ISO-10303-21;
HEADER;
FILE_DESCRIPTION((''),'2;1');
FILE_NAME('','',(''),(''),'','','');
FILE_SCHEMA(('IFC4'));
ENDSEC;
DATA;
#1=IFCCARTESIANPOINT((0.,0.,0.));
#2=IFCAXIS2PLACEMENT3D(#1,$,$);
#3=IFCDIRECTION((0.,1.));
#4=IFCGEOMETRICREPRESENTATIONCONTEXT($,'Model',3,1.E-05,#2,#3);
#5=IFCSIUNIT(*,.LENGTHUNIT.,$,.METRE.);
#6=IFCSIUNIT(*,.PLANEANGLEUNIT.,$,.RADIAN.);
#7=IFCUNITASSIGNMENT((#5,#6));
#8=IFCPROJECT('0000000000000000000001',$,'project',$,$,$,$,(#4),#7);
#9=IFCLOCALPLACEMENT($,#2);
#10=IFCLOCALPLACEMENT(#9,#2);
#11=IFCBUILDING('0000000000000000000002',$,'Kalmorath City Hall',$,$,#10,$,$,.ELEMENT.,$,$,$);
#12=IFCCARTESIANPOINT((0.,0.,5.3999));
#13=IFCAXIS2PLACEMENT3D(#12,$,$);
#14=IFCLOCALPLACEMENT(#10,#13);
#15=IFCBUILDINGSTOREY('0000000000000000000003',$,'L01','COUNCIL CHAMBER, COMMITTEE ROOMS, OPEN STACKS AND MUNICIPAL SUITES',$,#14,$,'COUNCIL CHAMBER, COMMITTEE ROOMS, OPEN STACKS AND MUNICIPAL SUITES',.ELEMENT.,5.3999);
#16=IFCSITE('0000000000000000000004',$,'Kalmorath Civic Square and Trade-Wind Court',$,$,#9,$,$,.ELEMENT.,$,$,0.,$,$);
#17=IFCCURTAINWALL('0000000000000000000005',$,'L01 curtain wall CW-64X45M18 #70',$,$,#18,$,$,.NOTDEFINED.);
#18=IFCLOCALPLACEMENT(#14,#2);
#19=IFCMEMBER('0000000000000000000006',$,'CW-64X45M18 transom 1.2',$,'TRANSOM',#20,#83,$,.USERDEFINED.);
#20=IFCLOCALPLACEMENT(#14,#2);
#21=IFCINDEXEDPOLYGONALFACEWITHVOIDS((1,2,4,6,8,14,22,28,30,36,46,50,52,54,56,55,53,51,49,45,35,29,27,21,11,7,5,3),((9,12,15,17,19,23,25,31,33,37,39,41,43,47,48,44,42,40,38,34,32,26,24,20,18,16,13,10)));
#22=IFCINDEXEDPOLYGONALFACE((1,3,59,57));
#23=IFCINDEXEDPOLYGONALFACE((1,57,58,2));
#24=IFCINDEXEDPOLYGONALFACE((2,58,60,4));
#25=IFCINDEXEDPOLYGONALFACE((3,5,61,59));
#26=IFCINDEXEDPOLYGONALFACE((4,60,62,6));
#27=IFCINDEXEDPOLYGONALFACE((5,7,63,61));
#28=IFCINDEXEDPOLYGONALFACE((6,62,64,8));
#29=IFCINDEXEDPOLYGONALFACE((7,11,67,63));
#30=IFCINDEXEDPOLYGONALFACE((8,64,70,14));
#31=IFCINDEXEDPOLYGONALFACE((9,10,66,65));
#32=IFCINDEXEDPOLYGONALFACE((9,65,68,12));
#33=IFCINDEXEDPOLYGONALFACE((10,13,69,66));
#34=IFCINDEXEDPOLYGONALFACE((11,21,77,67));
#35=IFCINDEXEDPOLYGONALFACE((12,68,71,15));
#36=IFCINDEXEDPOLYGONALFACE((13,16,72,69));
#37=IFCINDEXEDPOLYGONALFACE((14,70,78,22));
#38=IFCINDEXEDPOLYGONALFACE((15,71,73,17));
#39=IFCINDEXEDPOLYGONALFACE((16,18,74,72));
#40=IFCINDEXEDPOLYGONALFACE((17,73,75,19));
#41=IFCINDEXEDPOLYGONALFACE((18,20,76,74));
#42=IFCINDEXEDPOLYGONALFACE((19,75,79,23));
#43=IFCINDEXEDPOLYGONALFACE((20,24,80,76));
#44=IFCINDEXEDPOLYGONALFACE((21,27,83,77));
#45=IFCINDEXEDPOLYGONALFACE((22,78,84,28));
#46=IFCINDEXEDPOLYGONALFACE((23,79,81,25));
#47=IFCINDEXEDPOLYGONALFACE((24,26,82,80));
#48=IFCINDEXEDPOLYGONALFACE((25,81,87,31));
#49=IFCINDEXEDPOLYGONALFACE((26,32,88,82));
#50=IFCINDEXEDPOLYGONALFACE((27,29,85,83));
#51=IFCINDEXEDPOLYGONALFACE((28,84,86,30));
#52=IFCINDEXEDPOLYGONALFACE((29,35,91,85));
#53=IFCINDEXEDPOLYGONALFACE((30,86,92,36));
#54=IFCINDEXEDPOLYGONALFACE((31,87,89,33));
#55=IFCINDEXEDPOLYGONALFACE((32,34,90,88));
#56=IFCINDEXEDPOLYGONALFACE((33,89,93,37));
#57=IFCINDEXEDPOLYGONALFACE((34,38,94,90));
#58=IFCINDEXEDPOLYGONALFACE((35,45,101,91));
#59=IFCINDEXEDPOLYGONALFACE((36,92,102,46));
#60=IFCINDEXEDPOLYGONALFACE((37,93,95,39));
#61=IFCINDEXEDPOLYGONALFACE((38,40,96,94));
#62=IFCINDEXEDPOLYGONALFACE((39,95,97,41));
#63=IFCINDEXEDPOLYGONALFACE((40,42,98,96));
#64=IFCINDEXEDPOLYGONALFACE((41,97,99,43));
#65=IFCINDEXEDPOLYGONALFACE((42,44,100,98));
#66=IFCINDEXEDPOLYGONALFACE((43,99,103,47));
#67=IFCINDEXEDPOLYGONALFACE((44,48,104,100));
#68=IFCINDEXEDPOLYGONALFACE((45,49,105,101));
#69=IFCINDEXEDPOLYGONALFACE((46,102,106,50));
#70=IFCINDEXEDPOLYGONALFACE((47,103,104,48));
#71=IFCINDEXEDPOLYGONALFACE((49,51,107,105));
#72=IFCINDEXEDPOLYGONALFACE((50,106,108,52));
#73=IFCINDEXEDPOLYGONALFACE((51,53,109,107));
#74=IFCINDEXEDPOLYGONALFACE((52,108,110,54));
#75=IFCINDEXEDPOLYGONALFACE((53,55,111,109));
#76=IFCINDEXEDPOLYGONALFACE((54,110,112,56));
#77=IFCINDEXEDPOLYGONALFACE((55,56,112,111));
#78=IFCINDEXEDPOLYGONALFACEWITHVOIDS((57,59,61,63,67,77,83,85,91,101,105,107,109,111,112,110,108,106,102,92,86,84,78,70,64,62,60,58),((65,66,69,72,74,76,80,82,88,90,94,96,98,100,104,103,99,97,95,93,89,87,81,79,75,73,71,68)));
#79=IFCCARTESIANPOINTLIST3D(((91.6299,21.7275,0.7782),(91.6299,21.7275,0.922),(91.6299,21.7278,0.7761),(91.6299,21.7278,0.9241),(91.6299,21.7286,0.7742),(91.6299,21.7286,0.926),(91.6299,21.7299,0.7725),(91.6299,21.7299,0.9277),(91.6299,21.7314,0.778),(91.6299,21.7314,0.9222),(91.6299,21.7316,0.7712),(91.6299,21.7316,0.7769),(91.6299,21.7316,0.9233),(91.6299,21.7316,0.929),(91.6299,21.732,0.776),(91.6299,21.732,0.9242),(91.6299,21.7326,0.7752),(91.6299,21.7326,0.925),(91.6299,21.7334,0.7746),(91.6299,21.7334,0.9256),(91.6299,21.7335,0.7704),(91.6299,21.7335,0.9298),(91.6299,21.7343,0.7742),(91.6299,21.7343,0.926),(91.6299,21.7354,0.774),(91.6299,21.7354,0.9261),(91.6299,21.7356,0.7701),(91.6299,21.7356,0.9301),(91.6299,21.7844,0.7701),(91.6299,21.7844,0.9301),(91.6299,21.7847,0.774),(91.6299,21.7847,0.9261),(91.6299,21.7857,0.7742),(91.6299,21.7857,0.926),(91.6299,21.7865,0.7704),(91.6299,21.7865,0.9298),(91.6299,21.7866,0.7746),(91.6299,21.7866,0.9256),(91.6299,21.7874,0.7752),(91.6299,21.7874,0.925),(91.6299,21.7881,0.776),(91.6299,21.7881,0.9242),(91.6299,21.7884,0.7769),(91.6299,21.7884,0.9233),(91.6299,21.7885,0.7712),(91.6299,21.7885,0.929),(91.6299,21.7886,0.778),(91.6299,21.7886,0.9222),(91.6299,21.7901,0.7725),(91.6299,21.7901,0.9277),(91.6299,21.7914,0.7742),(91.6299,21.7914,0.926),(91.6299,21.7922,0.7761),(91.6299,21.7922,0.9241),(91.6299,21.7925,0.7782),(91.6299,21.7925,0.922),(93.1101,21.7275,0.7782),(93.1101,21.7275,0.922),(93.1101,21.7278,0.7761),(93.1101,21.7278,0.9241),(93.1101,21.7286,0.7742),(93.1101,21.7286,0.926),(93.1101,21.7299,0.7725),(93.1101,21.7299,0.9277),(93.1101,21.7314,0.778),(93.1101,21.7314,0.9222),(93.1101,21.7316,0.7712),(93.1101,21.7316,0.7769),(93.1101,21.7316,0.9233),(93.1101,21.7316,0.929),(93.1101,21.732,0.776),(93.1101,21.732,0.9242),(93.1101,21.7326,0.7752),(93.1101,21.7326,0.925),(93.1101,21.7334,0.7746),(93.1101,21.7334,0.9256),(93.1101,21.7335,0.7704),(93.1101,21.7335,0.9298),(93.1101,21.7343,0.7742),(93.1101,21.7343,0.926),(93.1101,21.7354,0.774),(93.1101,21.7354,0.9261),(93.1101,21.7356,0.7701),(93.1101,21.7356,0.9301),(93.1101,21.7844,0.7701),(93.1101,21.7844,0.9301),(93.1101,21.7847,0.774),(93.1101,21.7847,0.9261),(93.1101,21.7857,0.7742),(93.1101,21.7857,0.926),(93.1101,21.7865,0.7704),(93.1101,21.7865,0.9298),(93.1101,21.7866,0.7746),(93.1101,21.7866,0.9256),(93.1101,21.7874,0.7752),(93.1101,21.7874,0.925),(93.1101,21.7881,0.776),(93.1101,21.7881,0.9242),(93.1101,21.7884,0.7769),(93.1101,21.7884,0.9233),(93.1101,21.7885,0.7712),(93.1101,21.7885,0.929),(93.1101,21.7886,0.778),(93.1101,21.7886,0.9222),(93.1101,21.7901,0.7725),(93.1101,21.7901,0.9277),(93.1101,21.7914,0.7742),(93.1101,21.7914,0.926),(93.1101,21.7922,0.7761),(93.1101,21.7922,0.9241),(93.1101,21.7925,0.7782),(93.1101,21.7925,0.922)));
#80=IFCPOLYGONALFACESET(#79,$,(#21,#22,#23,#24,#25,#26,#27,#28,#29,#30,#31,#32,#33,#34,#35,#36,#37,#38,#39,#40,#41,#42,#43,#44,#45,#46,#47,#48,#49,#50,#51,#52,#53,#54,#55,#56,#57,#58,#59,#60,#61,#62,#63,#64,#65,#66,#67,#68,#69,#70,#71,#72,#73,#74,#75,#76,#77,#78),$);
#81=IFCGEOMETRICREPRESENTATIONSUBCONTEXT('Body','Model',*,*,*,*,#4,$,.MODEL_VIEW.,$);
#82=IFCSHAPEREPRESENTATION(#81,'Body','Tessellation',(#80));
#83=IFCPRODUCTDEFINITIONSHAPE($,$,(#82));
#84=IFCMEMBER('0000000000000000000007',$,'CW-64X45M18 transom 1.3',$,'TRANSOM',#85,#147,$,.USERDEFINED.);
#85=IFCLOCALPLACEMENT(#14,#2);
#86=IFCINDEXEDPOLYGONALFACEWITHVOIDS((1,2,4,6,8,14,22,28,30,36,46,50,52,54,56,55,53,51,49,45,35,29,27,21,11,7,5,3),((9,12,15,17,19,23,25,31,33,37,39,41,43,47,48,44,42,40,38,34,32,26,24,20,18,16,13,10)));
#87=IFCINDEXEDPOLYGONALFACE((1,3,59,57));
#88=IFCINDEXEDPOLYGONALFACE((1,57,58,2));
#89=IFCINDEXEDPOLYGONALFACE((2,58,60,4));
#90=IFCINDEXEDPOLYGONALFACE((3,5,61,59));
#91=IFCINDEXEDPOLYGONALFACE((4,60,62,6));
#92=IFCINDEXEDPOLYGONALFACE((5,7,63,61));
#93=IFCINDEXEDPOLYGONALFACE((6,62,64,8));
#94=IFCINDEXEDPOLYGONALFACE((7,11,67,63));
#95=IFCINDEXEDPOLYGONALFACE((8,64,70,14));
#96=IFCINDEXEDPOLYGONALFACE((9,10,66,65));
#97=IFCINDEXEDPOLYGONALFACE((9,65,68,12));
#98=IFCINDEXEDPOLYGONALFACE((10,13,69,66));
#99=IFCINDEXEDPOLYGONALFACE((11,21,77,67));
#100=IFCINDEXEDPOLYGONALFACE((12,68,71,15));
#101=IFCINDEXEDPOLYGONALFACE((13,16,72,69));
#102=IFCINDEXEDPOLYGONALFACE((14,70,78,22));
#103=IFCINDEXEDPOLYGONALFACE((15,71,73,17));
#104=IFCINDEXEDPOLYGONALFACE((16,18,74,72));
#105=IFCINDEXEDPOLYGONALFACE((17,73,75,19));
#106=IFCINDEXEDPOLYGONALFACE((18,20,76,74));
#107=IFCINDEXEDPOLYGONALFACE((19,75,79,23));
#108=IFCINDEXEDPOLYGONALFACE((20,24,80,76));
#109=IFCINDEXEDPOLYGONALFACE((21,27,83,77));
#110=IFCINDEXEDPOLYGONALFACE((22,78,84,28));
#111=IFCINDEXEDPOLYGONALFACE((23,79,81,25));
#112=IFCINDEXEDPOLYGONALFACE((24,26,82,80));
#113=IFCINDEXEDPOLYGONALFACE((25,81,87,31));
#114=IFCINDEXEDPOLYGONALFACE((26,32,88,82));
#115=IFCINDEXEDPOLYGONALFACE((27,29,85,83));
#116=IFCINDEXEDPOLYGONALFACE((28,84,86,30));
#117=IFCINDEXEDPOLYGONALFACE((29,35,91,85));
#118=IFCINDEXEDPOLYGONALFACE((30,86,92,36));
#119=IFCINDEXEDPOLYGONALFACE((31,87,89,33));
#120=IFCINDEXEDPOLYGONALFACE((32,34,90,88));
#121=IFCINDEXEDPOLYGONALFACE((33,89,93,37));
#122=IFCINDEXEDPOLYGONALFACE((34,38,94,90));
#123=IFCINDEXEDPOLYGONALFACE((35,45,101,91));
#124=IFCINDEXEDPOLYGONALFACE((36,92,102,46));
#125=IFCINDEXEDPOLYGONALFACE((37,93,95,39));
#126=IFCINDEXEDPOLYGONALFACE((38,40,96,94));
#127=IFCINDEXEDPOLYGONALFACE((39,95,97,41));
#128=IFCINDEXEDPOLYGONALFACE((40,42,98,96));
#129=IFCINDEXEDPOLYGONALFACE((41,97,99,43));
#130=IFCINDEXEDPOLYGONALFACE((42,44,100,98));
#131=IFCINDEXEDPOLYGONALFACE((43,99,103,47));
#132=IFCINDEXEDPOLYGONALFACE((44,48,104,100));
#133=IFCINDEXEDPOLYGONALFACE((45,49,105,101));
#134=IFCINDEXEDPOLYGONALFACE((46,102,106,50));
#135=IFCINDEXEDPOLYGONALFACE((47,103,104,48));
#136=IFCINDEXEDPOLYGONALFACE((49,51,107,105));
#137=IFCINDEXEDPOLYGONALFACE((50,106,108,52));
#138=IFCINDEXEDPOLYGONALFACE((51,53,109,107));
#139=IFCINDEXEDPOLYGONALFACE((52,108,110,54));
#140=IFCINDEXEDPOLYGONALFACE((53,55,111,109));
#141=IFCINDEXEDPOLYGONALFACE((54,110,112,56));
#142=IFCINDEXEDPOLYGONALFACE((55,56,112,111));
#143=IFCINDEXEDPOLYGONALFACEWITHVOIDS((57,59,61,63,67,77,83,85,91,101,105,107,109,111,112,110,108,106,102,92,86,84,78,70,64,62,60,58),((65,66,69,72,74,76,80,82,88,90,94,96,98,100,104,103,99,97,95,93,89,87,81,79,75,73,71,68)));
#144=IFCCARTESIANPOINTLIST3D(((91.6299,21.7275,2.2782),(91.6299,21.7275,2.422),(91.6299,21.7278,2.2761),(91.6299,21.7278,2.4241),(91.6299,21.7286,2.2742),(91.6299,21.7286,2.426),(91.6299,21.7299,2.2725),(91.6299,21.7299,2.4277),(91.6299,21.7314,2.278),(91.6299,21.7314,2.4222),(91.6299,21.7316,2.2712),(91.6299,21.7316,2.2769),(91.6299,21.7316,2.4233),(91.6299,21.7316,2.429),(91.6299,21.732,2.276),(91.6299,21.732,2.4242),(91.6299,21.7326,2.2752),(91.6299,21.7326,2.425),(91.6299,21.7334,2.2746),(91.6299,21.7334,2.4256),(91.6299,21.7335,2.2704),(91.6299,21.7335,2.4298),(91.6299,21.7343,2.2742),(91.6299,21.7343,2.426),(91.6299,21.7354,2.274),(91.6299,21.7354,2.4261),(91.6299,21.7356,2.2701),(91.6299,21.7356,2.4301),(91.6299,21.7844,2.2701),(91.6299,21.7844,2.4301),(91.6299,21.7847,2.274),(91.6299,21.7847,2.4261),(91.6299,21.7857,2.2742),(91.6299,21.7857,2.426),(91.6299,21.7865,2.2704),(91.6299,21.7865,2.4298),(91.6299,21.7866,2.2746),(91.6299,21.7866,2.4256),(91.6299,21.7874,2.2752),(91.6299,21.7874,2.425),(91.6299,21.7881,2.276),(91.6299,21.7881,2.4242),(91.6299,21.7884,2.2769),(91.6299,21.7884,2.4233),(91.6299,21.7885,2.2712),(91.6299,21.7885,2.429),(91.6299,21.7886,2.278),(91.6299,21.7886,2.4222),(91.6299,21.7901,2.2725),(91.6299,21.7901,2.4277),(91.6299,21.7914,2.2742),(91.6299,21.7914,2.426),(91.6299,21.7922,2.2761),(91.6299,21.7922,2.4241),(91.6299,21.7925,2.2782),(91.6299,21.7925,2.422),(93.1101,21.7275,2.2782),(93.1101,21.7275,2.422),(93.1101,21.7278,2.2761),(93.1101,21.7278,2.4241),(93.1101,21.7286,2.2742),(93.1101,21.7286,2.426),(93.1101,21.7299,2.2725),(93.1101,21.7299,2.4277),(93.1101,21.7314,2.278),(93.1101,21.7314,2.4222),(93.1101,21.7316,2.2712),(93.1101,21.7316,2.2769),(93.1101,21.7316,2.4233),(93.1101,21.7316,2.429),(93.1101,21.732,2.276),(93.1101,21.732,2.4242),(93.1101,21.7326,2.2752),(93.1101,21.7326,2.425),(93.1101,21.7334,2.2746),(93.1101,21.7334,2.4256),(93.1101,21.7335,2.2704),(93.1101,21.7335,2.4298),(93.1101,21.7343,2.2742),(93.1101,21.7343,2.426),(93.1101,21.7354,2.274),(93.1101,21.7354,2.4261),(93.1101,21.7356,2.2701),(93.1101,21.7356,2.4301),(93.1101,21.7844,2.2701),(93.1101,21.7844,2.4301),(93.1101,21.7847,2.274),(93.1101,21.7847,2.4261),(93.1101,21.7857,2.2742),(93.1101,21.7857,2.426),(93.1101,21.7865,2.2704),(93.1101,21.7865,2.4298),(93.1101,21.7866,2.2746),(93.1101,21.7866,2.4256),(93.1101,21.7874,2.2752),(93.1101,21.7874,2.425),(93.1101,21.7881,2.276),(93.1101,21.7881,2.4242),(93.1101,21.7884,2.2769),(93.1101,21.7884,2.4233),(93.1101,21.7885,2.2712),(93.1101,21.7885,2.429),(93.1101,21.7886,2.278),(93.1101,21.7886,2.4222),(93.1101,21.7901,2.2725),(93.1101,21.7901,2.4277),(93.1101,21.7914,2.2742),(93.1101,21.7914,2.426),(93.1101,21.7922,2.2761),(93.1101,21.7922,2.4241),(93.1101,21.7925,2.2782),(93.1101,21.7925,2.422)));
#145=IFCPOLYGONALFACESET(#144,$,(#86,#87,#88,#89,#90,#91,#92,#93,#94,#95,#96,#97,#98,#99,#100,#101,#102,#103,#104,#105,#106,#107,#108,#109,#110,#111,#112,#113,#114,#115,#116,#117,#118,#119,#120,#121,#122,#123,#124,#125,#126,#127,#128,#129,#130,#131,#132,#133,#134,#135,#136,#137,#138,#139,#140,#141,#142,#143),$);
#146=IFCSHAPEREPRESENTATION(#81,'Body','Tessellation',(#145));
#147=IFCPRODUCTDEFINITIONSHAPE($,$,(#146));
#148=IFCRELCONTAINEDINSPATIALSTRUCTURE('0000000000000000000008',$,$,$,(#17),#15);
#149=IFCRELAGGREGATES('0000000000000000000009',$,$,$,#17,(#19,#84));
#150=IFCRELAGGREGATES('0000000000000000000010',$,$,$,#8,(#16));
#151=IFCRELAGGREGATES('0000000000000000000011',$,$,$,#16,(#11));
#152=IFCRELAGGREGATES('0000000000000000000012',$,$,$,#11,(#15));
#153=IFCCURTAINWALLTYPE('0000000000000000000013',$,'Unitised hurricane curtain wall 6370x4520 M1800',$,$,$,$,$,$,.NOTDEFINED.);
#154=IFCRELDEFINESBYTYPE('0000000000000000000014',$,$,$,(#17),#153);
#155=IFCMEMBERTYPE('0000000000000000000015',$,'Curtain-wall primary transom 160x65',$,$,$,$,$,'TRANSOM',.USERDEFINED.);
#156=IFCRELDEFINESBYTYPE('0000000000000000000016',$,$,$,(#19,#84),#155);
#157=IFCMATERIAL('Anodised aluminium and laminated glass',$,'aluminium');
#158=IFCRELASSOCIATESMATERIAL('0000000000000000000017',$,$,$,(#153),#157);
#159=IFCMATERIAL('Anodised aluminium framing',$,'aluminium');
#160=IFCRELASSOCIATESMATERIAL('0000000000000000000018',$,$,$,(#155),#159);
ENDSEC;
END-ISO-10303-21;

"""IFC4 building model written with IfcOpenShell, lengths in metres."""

from ifc_helpers import new_model, si_unit, direction, frame, origin, origin_2d, place, context, subcontext, project, spatial, hollow_rectangle, extrude, material, material_profile, profile_set, type_object, element, aggregate, save


model = new_model("IFC4")

# Units and contexts
model_context = context("Model", 3, precision=1e-05, world=origin(), true_north=direction((0.0, 1.0)))
body_context = subcontext(model_context, "Body", "Model", "MODEL_VIEW")
ifc_project = project(units=[si_unit("LENGTHUNIT", "METRE"), si_unit("PLANEANGLEUNIT", "RADIAN")], contexts=[model_context])

# Site, building, storey
site_placement = place(None, origin())
site = spatial("IfcSite", under=ifc_project, at=site_placement, Name="Kalmorath Civic Square and Trade-Wind Court", CompositionType="ELEMENT", RefElevation=0.0)
building_placement = place(site_placement, origin())
building = spatial("IfcBuilding", under=site, at=building_placement, Name="Kalmorath City Hall", CompositionType="ELEMENT")
storey_placement = place(building_placement, frame((0.0, 0.0, 5.3999)))
storey = spatial("IfcBuildingStorey", under=building, at=storey_placement, Name="L01", Description="COUNCIL CHAMBER, COMMITTEE ROOMS, OPEN STACKS AND MUNICIPAL SUITES", LongName="COUNCIL CHAMBER, COMMITTEE ROOMS, OPEN STACKS AND MUNICIPAL SUITES", CompositionType="ELEMENT", Elevation=5.3999)

# Curtain wall
ifc_material_1 = material(Name="Anodised aluminium and laminated glass", Category="aluminium")
curtain_wall_type_1 = type_object("IfcCurtainWallType", Name="Unitised hurricane curtain wall 6370x4520 M1800", PredefinedType="NOTDEFINED", material=ifc_material_1)
curtain_wall_1_placement = place(storey_placement, origin())
curtain_wall_1 = element("IfcCurtainWall", 1, at=curtain_wall_1_placement, inside=storey, type_object=curtain_wall_type_1, Name="L01 curtain wall CW-64X45M18 #70", PredefinedType="NOTDEFINED")

# Members
ifc_material_2 = material(Name="Anodised aluminium framing", Category="aluminium")
ifc_material_profile_1 = material_profile(ifc_material_2, hollow_rectangle(XDim=0.0649, YDim=0.1599, WallThickness=0.0039, InnerFilletRadius=0.0039, OuterFilletRadius=0.0081, at=origin_2d()), Name="ALU-TRN-160X65X4")
ifc_profile_set_1 = profile_set([ifc_material_profile_1], Name="Anodised aluminium framing")
member_type_1 = type_object("IfcMemberType", Name="Curtain-wall primary transom 160x65", ElementType="TRANSOM", PredefinedType="USERDEFINED", material=ifc_profile_set_1)
member_1_placement = place(storey_placement, frame((93.1101, 21.76, 0.8501), z_axis=(-1.0, 0.0, 0.0), x_axis=(0.0, -1.0, 0.0)))
member_1 = element("IfcMember", 2, at=member_1_placement, type_object=member_type_1, Name="CW-64X45M18 transom 1.2", ObjectType="TRANSOM", PredefinedType="USERDEFINED", context=body_context, shape_type="SweptSolid", body=[
    extrude(hollow_rectangle(XDim=0.0649, YDim=0.1599, WallThickness=0.0039, InnerFilletRadius=0.0039, OuterFilletRadius=0.0081, at=origin_2d()), origin(), (0.0, 0.0, 1.0), 1.4802),
])
member_2_placement = place(storey_placement, frame((93.1101, 21.76, 2.3501), z_axis=(-1.0, 0.0, 0.0), x_axis=(0.0, -1.0, 0.0)))
member_2 = element("IfcMember", 3, at=member_2_placement, type_object=member_type_1, Name="CW-64X45M18 transom 1.3", ObjectType="TRANSOM", PredefinedType="USERDEFINED", context=body_context, shape_type="SweptSolid", body=[
    extrude(hollow_rectangle(XDim=0.0649, YDim=0.1599, WallThickness=0.0039, InnerFilletRadius=0.0039, OuterFilletRadius=0.0081, at=origin_2d()), origin(), (0.0, 0.0, 1.0), 1.4802),
])
aggregate(curtain_wall_1, [member_1, member_2])

save(model, "model.ifc")
